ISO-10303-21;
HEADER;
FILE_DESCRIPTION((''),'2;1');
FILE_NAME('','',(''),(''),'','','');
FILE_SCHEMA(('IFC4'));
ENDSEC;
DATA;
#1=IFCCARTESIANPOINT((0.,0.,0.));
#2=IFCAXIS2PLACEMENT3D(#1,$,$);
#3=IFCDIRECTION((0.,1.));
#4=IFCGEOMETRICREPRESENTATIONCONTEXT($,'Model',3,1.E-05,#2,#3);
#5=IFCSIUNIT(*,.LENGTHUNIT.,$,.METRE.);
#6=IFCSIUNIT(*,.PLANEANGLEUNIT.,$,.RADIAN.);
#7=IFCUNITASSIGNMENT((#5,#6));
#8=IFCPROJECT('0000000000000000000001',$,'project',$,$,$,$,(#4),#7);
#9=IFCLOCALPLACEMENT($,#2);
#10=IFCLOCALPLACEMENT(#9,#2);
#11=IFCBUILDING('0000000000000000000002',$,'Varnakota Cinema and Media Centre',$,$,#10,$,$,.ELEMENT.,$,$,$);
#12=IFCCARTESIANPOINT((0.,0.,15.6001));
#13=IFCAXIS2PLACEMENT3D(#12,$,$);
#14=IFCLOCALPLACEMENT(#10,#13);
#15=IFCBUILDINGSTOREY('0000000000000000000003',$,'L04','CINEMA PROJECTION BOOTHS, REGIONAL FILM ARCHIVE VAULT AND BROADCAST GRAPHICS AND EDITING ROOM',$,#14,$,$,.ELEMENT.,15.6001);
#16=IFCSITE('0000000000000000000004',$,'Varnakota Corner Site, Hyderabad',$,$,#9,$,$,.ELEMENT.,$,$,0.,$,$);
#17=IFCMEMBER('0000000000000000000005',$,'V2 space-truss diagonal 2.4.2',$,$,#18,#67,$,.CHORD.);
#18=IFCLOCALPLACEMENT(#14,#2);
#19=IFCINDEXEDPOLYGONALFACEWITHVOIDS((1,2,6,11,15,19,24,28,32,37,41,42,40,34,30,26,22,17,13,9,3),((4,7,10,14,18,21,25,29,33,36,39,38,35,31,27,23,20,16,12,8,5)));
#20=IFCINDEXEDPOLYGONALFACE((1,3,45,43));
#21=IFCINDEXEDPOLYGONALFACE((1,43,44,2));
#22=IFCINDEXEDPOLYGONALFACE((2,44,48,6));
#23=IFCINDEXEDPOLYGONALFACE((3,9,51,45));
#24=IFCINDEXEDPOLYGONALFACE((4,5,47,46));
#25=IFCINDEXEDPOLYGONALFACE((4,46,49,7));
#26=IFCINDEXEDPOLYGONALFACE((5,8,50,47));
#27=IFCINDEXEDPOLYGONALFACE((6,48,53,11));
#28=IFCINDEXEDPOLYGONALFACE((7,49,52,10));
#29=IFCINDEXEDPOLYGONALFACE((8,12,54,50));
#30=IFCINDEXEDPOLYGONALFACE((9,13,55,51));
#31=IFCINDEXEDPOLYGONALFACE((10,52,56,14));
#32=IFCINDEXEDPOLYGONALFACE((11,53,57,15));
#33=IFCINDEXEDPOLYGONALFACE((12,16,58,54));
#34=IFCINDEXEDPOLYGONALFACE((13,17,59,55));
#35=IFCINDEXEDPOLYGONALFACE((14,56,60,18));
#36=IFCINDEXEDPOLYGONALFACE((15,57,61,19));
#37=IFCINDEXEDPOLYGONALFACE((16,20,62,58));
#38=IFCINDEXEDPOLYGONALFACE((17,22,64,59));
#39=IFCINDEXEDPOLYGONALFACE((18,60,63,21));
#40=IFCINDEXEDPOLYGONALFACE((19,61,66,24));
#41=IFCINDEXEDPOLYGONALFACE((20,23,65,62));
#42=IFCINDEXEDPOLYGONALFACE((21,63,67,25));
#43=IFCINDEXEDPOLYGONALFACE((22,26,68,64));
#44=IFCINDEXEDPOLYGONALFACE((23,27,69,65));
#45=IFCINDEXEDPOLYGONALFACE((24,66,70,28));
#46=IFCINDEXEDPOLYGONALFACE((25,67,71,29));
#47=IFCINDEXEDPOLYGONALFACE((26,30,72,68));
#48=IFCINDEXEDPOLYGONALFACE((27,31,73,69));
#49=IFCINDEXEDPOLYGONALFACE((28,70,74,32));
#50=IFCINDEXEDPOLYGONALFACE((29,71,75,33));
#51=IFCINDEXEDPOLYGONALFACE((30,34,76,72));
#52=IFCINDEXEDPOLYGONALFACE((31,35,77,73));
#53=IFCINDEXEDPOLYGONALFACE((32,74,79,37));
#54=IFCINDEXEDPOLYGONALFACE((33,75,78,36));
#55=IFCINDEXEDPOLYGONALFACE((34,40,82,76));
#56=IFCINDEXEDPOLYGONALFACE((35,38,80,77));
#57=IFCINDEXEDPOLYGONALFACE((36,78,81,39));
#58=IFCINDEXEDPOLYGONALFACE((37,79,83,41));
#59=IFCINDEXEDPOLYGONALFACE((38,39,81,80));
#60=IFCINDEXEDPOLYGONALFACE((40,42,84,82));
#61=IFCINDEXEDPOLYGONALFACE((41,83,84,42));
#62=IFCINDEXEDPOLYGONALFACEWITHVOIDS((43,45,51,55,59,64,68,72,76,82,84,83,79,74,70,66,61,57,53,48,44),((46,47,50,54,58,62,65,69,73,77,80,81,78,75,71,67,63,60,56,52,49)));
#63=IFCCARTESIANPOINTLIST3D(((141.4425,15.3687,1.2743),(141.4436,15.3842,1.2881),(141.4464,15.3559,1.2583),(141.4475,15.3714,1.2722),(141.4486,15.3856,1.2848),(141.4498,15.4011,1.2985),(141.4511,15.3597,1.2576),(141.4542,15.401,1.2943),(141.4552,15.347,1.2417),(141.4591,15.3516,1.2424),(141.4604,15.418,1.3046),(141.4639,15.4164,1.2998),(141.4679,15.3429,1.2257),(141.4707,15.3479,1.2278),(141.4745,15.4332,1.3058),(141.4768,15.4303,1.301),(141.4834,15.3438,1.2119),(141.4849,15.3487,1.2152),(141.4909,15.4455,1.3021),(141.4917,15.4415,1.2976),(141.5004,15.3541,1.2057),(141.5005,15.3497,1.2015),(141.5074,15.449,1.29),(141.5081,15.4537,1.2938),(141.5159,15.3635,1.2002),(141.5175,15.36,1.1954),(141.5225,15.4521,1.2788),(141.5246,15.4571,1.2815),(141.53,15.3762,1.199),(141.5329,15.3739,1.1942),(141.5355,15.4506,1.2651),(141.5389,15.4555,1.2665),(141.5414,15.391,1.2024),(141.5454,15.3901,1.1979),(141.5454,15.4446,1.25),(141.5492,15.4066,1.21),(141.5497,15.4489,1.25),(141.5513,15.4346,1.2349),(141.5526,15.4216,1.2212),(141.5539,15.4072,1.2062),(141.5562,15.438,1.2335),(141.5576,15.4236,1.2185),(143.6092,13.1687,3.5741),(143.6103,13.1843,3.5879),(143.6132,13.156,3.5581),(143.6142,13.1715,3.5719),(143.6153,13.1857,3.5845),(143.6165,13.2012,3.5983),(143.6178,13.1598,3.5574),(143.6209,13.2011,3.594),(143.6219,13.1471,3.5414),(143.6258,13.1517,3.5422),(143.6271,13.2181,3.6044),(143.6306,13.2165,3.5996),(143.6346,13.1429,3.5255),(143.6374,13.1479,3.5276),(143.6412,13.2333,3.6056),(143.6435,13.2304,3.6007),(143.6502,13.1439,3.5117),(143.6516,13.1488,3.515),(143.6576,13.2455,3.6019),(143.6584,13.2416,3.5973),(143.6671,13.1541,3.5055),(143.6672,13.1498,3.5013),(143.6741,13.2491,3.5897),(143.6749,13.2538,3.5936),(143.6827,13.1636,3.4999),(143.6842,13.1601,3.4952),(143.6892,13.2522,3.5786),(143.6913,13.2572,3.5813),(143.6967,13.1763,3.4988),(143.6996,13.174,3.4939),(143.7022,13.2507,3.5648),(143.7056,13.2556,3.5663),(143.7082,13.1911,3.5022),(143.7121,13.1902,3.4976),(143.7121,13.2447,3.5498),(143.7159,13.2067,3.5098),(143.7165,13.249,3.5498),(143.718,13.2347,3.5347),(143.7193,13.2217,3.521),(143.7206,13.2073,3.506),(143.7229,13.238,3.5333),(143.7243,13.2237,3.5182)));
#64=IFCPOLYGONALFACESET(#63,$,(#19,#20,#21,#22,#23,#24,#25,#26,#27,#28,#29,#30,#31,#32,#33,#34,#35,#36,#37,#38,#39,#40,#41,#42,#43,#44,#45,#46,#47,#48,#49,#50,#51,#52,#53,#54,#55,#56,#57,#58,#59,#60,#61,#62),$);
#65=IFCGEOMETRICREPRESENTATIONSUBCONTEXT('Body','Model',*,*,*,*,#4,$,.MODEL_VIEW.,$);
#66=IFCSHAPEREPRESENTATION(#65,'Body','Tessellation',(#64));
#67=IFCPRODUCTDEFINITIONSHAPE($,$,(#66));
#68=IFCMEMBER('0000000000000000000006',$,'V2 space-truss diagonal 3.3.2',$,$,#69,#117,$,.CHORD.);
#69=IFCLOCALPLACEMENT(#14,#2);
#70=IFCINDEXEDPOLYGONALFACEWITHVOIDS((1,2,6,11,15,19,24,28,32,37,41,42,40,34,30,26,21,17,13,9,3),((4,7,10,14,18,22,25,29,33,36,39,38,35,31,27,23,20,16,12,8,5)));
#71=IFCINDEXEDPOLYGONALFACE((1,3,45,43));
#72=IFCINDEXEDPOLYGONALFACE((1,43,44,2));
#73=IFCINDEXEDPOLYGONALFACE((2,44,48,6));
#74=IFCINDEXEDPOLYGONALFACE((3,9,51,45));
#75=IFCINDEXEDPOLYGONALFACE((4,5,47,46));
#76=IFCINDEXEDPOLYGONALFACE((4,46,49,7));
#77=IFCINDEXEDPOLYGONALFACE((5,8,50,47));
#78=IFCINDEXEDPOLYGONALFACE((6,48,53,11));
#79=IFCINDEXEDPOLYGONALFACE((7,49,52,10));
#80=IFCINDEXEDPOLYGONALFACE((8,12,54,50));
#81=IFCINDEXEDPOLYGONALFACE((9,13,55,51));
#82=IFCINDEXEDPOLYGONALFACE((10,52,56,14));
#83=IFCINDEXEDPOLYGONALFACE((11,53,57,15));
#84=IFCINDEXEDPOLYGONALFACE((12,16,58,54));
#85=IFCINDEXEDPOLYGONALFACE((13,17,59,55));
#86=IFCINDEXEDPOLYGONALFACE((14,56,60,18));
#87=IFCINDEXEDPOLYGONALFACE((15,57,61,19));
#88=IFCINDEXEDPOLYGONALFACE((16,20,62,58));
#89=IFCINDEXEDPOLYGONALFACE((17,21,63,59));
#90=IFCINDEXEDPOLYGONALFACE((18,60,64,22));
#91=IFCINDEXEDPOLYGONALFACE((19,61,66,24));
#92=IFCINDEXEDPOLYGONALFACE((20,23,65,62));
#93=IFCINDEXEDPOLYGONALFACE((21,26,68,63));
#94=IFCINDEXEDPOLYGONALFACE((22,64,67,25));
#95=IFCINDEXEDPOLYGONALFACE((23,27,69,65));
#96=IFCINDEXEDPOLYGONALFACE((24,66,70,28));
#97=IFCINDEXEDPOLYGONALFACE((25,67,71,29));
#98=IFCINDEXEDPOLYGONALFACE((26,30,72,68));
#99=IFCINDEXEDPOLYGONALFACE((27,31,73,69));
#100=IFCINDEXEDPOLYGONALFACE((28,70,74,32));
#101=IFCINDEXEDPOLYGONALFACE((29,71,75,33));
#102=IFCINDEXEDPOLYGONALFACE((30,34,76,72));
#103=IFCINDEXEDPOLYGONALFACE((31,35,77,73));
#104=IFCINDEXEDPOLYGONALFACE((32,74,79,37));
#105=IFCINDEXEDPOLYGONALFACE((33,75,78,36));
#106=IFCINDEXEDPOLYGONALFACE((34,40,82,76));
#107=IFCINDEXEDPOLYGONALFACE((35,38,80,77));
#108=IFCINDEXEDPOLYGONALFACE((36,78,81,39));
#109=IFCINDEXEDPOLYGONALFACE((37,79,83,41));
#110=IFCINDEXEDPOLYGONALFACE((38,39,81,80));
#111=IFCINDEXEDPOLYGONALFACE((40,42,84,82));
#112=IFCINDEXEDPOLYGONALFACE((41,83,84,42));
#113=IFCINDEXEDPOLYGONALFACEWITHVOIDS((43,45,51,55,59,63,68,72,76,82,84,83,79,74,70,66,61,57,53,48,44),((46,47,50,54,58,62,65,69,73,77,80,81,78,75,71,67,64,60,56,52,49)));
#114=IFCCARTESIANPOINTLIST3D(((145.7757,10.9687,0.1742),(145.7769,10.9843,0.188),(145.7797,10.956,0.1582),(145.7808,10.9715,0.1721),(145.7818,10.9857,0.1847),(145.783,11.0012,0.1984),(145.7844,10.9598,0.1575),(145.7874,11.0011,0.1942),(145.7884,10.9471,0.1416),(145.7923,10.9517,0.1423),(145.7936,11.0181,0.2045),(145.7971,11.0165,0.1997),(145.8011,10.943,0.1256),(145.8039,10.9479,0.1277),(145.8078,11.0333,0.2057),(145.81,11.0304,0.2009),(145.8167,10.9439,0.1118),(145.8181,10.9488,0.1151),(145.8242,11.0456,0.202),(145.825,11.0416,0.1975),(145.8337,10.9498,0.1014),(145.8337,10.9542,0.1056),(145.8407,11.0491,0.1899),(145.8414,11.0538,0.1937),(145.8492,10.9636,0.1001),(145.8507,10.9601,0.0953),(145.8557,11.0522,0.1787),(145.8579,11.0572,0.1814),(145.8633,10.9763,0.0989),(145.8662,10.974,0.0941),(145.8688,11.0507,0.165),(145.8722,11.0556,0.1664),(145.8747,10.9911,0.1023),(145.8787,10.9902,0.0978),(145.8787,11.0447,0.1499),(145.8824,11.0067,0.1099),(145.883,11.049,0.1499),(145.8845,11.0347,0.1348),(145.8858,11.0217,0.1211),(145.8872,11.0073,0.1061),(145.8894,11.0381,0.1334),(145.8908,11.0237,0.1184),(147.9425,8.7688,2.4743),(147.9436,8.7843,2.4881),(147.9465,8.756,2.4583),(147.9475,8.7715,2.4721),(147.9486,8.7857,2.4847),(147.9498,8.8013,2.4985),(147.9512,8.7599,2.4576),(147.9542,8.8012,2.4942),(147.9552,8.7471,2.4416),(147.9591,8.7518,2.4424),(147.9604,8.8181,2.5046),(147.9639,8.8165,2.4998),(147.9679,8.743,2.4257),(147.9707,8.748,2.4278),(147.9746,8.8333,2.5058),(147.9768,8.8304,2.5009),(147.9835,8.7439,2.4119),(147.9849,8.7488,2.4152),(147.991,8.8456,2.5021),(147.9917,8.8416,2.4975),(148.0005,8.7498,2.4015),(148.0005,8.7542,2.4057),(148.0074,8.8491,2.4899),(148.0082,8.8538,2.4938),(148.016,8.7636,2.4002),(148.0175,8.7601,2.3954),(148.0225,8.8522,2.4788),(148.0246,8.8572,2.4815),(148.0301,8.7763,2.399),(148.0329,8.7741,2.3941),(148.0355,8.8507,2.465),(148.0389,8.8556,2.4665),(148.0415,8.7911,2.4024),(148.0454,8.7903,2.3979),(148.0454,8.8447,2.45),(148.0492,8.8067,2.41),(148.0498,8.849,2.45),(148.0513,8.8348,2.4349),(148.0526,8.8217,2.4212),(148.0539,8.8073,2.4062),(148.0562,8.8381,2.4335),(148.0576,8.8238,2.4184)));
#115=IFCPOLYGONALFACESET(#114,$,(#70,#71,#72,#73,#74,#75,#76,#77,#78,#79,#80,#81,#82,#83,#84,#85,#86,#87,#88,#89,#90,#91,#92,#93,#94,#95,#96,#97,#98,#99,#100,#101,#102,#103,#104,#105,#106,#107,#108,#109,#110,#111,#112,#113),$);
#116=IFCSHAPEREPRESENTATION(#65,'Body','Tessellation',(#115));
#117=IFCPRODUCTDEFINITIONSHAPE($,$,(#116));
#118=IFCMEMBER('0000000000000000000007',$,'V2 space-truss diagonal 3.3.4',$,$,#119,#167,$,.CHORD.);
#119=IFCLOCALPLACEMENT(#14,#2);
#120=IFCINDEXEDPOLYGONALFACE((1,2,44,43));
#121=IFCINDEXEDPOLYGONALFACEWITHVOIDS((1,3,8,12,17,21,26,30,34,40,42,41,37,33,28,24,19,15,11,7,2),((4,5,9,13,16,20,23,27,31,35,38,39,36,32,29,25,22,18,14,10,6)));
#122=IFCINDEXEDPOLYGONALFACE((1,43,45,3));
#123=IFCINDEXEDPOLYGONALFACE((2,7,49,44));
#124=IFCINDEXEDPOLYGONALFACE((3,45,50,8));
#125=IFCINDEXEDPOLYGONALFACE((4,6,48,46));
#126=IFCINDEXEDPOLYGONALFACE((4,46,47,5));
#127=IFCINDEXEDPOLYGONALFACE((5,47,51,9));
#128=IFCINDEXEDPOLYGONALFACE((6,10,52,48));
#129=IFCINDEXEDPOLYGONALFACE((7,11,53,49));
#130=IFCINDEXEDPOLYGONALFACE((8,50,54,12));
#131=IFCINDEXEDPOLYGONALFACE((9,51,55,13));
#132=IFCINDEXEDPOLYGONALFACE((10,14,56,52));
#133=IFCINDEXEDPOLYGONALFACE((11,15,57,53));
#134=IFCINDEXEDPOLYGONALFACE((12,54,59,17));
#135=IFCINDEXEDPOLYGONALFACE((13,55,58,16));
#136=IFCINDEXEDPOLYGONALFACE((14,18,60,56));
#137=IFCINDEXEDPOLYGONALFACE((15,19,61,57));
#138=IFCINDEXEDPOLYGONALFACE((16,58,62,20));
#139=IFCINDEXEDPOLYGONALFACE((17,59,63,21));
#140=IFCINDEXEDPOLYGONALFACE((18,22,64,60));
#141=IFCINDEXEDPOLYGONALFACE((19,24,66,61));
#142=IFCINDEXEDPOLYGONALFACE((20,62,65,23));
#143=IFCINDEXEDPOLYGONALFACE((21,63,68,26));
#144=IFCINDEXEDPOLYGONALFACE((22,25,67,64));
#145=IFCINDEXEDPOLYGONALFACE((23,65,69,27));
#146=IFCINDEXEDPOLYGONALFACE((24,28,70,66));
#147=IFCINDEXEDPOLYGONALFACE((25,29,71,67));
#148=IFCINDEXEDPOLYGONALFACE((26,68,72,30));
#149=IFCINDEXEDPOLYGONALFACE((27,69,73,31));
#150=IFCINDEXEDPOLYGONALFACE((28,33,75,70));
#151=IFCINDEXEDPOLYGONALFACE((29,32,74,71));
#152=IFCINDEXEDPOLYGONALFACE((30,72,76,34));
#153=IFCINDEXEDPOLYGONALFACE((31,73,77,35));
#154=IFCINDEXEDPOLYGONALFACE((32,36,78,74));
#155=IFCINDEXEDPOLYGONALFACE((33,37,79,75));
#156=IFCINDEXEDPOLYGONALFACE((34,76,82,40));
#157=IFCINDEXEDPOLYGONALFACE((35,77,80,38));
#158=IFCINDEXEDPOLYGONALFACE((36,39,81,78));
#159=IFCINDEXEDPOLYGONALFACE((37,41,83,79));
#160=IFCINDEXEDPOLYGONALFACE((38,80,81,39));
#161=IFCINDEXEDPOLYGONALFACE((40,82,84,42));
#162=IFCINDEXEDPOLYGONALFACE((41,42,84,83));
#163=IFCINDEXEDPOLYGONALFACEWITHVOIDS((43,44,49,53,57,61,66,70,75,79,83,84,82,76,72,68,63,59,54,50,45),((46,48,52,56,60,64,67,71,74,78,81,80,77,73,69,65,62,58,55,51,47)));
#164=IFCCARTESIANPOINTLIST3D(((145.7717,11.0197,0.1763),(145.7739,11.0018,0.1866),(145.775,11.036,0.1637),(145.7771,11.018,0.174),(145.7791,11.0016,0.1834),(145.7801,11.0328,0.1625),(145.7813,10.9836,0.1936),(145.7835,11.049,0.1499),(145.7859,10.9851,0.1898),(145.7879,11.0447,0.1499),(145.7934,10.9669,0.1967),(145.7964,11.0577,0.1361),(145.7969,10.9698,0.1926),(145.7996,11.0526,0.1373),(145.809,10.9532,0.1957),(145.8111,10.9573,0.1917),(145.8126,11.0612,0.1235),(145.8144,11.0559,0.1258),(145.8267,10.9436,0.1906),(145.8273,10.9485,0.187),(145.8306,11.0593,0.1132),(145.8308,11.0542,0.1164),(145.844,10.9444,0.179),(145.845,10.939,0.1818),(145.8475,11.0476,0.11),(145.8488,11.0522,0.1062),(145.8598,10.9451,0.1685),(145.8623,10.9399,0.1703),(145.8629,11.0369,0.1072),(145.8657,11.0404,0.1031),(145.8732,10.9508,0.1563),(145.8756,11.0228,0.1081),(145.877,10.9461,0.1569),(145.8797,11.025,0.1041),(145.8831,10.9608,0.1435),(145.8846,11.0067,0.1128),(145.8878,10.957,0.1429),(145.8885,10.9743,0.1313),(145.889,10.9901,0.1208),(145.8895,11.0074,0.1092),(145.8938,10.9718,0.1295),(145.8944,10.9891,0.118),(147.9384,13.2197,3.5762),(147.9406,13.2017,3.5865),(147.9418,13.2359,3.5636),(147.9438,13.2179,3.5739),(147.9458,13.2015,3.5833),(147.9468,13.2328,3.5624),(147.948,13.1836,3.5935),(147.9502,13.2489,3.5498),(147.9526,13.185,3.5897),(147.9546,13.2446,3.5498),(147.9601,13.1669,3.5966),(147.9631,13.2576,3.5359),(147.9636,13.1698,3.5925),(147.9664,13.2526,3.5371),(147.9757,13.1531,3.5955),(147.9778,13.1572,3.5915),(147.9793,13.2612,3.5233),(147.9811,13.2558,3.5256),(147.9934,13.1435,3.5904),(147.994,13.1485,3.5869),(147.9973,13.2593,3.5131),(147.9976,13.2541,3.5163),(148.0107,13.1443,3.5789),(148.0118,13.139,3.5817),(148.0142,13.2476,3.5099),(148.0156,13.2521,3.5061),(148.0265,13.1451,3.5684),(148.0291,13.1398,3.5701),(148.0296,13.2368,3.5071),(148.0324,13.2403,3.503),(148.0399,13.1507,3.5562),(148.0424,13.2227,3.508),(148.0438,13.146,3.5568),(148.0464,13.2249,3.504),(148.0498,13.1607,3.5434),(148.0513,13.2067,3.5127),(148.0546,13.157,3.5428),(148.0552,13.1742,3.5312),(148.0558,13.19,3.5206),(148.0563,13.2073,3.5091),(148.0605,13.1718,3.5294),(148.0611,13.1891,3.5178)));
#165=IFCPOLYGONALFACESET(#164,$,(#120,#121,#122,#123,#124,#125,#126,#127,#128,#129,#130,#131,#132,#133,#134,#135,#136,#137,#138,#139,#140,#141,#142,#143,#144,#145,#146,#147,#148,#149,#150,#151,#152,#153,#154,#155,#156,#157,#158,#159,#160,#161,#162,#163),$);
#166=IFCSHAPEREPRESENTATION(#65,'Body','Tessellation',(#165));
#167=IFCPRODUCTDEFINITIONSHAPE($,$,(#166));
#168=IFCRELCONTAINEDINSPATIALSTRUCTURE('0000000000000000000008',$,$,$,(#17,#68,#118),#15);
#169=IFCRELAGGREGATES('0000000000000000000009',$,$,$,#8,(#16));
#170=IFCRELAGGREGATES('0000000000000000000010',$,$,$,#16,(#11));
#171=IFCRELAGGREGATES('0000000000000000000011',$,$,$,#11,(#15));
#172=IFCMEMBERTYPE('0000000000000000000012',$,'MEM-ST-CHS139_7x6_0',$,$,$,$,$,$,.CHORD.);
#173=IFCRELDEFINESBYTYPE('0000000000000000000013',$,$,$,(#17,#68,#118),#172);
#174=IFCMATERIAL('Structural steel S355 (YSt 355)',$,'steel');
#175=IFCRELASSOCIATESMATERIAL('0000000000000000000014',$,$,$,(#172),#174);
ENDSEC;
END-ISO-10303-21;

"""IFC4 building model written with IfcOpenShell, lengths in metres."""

from ifc_helpers import new_model, si_unit, direction, frame, origin, origin_2d, place, context, subcontext, project, spatial, hollow_circle, extrude, material, material_profile, profile_set, type_object, element, save


model = new_model("IFC4")

# Units and contexts
model_context = context("Model", 3, precision=1e-05, world=origin(), true_north=direction((0.0, 1.0)))
body_context = subcontext(model_context, "Body", "Model", "MODEL_VIEW")
ifc_project = project(units=[si_unit("LENGTHUNIT", "METRE"), si_unit("PLANEANGLEUNIT", "RADIAN")], contexts=[model_context])

# Site, building, storey
site_placement = place(None, origin())
site = spatial("IfcSite", under=ifc_project, at=site_placement, Name="Varnakota Corner Site, Hyderabad", CompositionType="ELEMENT", RefElevation=0.0)
building_placement = place(site_placement, origin())
building = spatial("IfcBuilding", under=site, at=building_placement, Name="Varnakota Cinema and Media Centre", CompositionType="ELEMENT")
storey_placement = place(building_placement, frame((0.0, 0.0, 15.6001)))
storey = spatial("IfcBuildingStorey", under=building, at=storey_placement, Name="L04", Description="CINEMA PROJECTION BOOTHS, REGIONAL FILM ARCHIVE VAULT AND BROADCAST GRAPHICS AND EDITING ROOM", CompositionType="ELEMENT", Elevation=15.6001)

# Members
ifc_material_1 = material(Name="Structural steel S355 (YSt 355)", Category="steel")
ifc_material_profile_1 = material_profile(ifc_material_1, hollow_circle(Radius=0.0698, WallThickness=0.0061, at=origin_2d()), Name="CHS 139.7x6.0")
ifc_profile_set_1 = profile_set([ifc_material_profile_1], Name="Structural steel S355 (YSt 355)")
member_type_1 = type_object("IfcMemberType", Name="MEM-ST-CHS139_7x6_0", PredefinedType="CHORD", material=ifc_profile_set_1)
member_1_placement = place(storey_placement, frame((141.5, 15.3999, 1.25), z_axis=(0.562769, -0.571393, 0.597328), x_axis=(0.712463, 0.70171, 0.0)))
element("IfcMember", 1, at=member_1_placement, inside=storey, type_object=member_type_1, Name="V2 space-truss diagonal 2.4.2", PredefinedType="CHORD", context=body_context, shape_type="SweptSolid", body=[
    extrude(hollow_circle(Radius=0.0698, WallThickness=0.0061, at=origin_2d()), origin(), (0.0, 0.0, 1.0), 3.8501),
])
member_2_placement = place(storey_placement, frame((145.8333, 11.0, 0.1499), z_axis=(0.562748, -0.571371, 0.597369), x_axis=(0.712463, 0.70171, 0.0)))
element("IfcMember", 2, at=member_2_placement, inside=storey, type_object=member_type_1, Name="V2 space-truss diagonal 3.3.2", PredefinedType="CHORD", context=body_context, shape_type="SweptSolid", body=[
    extrude(hollow_circle(Radius=0.0698, WallThickness=0.0061, at=origin_2d()), origin(), (0.0, 0.0, 1.0), 3.8503),
])
member_3_placement = place(storey_placement, frame((145.8333, 11.0, 0.1499), z_axis=(0.471769, 0.478999, 0.740266), x_axis=(-0.712463, 0.70171, 0.0)))
element("IfcMember", 3, at=member_3_placement, inside=storey, type_object=member_type_1, Name="V2 space-truss diagonal 3.3.4", PredefinedType="CHORD", context=body_context, shape_type="SweptSolid", body=[
    extrude(hollow_circle(Radius=0.0698, WallThickness=0.0061, at=origin_2d()), origin(), (0.0, 0.0, 1.0), 4.5928),
])

save(model, "model.ifc")
